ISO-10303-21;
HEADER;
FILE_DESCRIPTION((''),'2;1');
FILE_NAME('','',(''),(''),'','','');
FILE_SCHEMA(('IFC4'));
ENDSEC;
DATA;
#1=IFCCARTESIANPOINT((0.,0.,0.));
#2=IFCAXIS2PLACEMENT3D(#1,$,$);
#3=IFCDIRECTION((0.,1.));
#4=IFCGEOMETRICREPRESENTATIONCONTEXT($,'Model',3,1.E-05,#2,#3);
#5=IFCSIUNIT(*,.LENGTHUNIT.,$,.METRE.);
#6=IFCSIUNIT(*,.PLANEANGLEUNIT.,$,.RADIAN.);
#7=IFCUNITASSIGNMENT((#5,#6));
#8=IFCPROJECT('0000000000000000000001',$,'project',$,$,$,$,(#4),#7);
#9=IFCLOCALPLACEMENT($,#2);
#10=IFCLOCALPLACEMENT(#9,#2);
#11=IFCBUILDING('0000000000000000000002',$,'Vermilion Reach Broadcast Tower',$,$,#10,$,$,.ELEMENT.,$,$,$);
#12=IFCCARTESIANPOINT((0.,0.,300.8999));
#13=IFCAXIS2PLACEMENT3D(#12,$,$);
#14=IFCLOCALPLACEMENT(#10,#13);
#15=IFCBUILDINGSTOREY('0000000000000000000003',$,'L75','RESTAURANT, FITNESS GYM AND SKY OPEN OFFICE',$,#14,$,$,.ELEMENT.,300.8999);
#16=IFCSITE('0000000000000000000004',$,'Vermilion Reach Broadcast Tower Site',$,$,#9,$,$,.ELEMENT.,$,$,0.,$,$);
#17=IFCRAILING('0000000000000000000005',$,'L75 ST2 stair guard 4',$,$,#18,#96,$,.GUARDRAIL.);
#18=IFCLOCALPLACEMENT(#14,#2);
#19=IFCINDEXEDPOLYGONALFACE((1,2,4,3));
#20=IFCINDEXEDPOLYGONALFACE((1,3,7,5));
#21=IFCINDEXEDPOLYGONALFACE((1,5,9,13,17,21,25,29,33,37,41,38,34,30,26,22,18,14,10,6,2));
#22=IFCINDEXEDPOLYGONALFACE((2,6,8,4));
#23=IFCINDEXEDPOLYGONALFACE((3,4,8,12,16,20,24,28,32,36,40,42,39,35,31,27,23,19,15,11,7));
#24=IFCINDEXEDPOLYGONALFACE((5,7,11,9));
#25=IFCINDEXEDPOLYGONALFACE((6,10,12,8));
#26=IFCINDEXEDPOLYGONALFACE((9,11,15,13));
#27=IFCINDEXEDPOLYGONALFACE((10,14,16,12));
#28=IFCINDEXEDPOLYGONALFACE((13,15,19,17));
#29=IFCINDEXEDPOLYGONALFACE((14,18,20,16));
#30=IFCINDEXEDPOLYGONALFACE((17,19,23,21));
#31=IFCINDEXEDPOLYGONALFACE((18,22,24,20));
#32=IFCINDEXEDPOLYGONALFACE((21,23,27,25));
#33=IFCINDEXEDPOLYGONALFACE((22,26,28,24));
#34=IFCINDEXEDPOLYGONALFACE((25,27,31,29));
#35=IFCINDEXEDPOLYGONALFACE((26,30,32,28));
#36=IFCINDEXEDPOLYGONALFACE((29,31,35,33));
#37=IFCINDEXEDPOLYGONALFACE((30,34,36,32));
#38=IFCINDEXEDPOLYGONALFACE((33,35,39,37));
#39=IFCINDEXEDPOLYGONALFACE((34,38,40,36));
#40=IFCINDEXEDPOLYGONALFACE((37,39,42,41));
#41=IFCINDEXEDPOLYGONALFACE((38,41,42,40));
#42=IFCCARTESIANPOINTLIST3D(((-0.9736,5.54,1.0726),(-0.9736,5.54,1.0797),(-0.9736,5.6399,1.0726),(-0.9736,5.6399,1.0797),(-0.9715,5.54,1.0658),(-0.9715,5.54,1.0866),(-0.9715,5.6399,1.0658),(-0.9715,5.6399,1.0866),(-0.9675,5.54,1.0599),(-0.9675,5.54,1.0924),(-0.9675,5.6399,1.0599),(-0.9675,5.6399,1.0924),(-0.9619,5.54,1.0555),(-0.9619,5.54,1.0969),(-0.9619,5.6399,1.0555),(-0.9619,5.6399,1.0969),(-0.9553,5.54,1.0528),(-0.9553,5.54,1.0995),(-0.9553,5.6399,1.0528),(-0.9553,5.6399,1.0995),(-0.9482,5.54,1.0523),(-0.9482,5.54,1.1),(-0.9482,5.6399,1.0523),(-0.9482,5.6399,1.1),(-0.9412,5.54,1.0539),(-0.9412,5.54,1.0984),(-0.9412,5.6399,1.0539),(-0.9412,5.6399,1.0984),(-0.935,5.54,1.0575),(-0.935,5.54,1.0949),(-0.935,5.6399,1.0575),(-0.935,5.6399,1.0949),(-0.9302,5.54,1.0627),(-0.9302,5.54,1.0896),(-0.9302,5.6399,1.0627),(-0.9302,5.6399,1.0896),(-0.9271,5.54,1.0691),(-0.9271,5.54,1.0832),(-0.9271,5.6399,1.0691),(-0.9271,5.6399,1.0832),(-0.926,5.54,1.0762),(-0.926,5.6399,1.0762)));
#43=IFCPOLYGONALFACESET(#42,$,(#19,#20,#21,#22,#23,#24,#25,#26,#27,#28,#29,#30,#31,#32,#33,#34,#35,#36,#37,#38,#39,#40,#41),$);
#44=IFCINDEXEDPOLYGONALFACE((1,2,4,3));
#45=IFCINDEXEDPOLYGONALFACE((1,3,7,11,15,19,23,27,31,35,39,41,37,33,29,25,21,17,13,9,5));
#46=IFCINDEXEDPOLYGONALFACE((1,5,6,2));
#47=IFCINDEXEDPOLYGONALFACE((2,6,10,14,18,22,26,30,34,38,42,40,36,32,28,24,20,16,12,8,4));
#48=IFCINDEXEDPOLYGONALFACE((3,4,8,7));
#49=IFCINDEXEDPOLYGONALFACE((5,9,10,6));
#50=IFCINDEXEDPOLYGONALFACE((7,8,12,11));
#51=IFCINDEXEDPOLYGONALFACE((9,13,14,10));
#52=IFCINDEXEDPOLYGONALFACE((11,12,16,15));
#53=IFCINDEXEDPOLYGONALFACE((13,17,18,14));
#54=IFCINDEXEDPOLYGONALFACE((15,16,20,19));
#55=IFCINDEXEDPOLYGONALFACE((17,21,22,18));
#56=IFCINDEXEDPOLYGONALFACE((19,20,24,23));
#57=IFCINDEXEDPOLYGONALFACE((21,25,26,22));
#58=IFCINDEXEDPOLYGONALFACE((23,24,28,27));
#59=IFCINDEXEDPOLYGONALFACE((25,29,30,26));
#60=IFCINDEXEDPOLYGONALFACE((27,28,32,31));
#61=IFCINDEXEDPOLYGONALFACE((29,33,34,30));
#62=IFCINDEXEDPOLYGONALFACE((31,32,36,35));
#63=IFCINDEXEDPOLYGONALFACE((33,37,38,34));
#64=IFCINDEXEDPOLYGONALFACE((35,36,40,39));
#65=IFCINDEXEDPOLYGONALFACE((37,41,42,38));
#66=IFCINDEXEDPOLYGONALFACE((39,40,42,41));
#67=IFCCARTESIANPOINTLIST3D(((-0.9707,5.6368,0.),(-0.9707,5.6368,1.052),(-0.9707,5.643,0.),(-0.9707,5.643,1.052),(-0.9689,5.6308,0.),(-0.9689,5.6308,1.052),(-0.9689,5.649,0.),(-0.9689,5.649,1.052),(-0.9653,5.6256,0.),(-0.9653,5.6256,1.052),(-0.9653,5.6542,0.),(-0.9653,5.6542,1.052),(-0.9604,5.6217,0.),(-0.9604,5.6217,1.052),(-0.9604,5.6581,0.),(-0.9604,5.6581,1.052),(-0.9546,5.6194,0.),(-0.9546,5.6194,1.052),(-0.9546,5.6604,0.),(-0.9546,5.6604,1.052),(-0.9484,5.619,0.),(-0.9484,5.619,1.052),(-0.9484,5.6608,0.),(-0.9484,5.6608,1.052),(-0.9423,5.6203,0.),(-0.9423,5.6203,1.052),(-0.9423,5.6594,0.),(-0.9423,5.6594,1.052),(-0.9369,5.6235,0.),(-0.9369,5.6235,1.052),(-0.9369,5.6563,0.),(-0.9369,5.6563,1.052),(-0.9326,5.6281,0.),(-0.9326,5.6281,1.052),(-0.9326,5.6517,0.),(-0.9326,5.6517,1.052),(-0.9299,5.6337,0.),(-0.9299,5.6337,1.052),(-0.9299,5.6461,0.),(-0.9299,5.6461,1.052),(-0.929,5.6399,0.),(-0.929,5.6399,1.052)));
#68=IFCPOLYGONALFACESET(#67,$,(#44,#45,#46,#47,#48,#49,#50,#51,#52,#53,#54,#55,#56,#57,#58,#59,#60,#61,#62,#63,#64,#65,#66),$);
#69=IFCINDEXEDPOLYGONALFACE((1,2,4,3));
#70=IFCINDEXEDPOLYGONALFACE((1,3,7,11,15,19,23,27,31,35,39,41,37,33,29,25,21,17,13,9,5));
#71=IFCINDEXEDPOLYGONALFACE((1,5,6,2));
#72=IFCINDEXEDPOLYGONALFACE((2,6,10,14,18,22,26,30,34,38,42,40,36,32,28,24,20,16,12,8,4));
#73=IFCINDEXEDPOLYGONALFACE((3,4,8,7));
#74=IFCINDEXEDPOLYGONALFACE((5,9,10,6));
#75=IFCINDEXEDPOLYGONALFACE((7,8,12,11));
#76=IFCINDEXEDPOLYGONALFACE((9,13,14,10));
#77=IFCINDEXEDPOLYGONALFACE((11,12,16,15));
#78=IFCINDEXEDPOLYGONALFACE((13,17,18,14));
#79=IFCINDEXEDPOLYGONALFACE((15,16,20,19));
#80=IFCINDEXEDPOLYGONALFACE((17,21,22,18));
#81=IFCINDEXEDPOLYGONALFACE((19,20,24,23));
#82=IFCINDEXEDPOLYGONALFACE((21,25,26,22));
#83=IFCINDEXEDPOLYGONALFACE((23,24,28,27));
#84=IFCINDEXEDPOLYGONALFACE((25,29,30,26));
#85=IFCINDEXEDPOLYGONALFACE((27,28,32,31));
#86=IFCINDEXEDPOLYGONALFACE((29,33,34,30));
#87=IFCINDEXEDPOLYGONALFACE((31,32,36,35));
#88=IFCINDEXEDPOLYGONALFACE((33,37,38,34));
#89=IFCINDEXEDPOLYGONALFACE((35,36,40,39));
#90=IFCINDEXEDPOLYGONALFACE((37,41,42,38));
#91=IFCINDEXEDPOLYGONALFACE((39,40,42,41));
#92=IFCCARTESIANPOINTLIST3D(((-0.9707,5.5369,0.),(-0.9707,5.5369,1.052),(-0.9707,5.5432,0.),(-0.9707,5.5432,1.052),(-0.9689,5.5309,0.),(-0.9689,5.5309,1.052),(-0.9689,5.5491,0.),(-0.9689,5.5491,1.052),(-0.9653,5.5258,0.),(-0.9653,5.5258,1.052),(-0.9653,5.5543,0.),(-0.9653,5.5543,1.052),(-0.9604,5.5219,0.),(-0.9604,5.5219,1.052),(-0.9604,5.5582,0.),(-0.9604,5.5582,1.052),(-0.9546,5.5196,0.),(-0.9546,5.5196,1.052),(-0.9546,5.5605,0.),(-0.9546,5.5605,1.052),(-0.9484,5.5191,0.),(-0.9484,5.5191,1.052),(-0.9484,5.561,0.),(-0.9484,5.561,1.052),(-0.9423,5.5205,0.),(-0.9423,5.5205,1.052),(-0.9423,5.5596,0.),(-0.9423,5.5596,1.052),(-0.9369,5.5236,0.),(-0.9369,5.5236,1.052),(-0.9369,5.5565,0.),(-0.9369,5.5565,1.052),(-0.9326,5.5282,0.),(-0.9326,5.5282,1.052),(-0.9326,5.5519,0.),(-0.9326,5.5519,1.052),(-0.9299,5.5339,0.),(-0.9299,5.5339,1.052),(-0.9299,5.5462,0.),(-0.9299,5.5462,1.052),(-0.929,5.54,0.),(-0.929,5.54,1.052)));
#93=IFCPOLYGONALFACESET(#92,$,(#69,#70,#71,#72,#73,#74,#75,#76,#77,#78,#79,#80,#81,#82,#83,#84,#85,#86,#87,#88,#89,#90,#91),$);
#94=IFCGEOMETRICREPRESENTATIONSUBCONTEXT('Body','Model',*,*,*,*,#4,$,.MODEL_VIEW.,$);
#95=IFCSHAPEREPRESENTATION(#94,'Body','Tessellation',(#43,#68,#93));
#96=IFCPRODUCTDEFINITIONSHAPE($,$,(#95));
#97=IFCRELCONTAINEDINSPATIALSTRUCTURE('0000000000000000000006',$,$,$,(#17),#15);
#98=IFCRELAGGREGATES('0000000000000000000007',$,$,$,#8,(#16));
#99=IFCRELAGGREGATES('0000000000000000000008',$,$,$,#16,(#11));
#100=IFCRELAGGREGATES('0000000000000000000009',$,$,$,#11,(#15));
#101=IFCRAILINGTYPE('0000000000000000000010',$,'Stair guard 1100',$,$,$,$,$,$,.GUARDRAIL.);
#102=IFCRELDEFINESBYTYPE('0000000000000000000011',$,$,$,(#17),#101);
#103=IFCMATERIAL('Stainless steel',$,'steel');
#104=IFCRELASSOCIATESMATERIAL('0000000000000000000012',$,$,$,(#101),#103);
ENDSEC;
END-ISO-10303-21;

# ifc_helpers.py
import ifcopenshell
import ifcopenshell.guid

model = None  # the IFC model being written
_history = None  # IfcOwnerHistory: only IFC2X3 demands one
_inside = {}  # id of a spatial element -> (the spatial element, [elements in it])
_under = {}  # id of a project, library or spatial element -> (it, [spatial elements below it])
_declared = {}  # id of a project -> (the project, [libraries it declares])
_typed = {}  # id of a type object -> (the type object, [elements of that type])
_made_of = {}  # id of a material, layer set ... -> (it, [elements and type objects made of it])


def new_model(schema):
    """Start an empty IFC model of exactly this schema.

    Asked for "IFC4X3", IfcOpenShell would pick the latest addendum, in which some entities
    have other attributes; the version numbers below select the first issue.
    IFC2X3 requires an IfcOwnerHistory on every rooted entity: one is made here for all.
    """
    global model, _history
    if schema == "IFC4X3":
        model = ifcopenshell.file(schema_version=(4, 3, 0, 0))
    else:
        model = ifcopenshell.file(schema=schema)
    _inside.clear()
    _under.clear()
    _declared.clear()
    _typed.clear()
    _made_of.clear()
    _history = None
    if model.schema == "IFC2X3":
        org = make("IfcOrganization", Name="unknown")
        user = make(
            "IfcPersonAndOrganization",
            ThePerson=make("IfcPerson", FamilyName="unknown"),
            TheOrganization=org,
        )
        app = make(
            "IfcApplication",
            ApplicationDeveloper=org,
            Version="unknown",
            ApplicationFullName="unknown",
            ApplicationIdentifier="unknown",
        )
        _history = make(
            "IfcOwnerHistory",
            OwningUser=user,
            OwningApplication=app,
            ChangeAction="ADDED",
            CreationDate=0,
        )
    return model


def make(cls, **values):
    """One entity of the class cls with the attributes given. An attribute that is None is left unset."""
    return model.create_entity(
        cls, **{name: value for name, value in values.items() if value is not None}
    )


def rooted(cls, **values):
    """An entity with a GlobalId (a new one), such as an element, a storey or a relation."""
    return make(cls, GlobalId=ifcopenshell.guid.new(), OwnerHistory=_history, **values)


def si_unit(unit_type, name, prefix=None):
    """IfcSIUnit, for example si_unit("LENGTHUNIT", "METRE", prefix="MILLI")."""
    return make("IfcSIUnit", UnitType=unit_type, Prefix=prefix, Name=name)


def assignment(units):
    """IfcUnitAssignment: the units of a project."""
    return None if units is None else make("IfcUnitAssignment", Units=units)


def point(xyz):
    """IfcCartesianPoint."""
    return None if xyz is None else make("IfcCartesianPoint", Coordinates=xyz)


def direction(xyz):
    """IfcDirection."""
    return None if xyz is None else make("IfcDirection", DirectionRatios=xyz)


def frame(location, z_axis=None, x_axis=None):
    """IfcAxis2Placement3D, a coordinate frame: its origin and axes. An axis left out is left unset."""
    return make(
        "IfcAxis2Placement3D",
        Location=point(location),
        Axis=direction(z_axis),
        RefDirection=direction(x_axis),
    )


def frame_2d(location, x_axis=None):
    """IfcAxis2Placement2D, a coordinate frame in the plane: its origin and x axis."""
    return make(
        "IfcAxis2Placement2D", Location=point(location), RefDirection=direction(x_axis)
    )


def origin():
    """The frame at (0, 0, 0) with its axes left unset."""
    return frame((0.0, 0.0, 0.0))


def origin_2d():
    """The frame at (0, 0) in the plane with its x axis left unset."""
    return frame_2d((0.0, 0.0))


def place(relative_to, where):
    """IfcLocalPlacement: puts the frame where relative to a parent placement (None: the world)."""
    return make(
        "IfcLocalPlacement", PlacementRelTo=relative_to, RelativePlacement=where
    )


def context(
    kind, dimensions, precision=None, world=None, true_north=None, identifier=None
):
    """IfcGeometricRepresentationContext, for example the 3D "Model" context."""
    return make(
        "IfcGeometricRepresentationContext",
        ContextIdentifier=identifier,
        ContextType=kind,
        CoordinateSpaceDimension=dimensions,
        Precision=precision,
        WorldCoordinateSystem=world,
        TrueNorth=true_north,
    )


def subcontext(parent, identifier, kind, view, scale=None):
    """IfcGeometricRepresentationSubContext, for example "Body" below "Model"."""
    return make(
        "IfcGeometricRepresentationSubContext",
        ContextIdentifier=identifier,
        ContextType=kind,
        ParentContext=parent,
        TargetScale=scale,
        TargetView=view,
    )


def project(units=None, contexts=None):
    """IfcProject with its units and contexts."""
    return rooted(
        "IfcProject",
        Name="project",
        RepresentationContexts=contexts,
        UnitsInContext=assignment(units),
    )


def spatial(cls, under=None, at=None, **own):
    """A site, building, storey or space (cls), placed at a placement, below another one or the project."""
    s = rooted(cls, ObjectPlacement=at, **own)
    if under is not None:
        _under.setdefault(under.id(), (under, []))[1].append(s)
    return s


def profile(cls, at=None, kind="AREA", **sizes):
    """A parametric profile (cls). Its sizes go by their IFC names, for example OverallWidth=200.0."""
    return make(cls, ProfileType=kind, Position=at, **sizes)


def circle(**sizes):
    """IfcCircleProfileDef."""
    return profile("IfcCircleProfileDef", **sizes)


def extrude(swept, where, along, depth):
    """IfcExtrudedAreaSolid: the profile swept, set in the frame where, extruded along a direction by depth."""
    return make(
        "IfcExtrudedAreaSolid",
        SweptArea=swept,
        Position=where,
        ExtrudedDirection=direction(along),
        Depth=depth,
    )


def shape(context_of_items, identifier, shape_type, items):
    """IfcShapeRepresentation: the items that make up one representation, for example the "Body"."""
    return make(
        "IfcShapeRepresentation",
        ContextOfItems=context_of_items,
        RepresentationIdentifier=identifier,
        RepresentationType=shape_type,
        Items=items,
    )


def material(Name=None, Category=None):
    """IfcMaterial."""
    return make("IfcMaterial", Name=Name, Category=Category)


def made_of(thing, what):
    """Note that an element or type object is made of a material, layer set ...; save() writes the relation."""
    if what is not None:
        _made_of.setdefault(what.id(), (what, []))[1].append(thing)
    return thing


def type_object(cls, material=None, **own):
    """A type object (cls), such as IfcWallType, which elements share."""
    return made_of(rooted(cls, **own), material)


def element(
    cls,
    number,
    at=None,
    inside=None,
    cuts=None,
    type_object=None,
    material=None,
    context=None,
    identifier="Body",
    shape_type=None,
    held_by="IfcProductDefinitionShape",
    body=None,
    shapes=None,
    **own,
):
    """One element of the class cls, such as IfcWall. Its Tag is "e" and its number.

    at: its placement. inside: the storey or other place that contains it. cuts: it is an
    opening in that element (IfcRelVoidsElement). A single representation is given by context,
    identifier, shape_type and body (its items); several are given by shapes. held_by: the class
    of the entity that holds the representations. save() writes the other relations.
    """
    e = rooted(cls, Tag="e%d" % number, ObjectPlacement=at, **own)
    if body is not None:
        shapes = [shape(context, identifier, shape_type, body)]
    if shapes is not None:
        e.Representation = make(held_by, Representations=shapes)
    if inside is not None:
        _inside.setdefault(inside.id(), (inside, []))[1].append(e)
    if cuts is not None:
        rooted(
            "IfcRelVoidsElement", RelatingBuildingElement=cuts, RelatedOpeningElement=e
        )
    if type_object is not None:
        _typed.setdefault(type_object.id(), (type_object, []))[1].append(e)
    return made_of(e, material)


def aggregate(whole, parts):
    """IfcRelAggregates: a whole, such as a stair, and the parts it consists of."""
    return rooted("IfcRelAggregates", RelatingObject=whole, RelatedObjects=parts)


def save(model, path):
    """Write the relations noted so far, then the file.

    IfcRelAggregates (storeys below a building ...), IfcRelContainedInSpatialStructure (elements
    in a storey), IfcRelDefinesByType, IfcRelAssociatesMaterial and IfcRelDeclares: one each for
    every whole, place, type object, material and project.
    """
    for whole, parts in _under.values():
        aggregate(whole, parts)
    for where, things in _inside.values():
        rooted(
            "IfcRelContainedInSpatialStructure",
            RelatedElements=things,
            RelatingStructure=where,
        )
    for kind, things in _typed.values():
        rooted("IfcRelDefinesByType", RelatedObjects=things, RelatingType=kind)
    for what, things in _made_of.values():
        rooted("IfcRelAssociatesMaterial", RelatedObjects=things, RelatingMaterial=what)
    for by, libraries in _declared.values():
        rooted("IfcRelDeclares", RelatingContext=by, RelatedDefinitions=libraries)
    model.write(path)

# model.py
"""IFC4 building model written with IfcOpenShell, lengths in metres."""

from ifc_helpers import new_model, si_unit, direction, frame, origin, origin_2d, place, context, subcontext, project, spatial, circle, extrude, material, type_object, element, save


model = new_model("IFC4")

# Units and contexts
model_context = context("Model", 3, precision=1e-05, world=origin(), true_north=direction((0.0, 1.0)))
body_context = subcontext(model_context, "Body", "Model", "MODEL_VIEW")
ifc_project = project(units=[si_unit("LENGTHUNIT", "METRE"), si_unit("PLANEANGLEUNIT", "RADIAN")], contexts=[model_context])

# Site, building, storey
site_placement = place(None, origin())
site = spatial("IfcSite", under=ifc_project, at=site_placement, Name="Vermilion Reach Broadcast Tower Site", CompositionType="ELEMENT", RefElevation=0.0)
building_placement = place(site_placement, origin())
building = spatial("IfcBuilding", under=site, at=building_placement, Name="Vermilion Reach Broadcast Tower", CompositionType="ELEMENT")
storey_placement = place(building_placement, frame((0.0, 0.0, 300.8999)))
storey = spatial("IfcBuildingStorey", under=building, at=storey_placement, Name="L75", Description="RESTAURANT, FITNESS GYM AND SKY OPEN OFFICE", CompositionType="ELEMENT", Elevation=300.8999)

# Railing
ifc_material_1 = material(Name="Stainless steel", Category="steel")
railing_type_1 = type_object("IfcRailingType", Name="Stair guard 1100", PredefinedType="GUARDRAIL", material=ifc_material_1)
railing_1_placement = place(storey_placement, frame((-0.95, 5.6399, 0.0)))
element("IfcRailing", 1, at=railing_1_placement, inside=storey, type_object=railing_type_1, Name="L75 ST2 stair guard 4", PredefinedType="GUARDRAIL", context=body_context, shape_type="SweptSolid", body=[
    extrude(circle(Radius=0.0239, at=origin_2d()), frame((0.0, 0.0, 1.0762), z_axis=(0.0, -1.0, 0.0), x_axis=(1.0, 0.0, 0.0)), (0.0, 0.0, 1.0), 0.0999),
    extrude(circle(Radius=0.021, at=origin_2d()), origin(), (0.0, 0.0, 1.0), 1.052),
    extrude(circle(Radius=0.021, at=origin_2d()), frame((0.0, -0.0999, 0.0)), (0.0, 0.0, 1.0), 1.052),
])

save(model, "model.ifc")
